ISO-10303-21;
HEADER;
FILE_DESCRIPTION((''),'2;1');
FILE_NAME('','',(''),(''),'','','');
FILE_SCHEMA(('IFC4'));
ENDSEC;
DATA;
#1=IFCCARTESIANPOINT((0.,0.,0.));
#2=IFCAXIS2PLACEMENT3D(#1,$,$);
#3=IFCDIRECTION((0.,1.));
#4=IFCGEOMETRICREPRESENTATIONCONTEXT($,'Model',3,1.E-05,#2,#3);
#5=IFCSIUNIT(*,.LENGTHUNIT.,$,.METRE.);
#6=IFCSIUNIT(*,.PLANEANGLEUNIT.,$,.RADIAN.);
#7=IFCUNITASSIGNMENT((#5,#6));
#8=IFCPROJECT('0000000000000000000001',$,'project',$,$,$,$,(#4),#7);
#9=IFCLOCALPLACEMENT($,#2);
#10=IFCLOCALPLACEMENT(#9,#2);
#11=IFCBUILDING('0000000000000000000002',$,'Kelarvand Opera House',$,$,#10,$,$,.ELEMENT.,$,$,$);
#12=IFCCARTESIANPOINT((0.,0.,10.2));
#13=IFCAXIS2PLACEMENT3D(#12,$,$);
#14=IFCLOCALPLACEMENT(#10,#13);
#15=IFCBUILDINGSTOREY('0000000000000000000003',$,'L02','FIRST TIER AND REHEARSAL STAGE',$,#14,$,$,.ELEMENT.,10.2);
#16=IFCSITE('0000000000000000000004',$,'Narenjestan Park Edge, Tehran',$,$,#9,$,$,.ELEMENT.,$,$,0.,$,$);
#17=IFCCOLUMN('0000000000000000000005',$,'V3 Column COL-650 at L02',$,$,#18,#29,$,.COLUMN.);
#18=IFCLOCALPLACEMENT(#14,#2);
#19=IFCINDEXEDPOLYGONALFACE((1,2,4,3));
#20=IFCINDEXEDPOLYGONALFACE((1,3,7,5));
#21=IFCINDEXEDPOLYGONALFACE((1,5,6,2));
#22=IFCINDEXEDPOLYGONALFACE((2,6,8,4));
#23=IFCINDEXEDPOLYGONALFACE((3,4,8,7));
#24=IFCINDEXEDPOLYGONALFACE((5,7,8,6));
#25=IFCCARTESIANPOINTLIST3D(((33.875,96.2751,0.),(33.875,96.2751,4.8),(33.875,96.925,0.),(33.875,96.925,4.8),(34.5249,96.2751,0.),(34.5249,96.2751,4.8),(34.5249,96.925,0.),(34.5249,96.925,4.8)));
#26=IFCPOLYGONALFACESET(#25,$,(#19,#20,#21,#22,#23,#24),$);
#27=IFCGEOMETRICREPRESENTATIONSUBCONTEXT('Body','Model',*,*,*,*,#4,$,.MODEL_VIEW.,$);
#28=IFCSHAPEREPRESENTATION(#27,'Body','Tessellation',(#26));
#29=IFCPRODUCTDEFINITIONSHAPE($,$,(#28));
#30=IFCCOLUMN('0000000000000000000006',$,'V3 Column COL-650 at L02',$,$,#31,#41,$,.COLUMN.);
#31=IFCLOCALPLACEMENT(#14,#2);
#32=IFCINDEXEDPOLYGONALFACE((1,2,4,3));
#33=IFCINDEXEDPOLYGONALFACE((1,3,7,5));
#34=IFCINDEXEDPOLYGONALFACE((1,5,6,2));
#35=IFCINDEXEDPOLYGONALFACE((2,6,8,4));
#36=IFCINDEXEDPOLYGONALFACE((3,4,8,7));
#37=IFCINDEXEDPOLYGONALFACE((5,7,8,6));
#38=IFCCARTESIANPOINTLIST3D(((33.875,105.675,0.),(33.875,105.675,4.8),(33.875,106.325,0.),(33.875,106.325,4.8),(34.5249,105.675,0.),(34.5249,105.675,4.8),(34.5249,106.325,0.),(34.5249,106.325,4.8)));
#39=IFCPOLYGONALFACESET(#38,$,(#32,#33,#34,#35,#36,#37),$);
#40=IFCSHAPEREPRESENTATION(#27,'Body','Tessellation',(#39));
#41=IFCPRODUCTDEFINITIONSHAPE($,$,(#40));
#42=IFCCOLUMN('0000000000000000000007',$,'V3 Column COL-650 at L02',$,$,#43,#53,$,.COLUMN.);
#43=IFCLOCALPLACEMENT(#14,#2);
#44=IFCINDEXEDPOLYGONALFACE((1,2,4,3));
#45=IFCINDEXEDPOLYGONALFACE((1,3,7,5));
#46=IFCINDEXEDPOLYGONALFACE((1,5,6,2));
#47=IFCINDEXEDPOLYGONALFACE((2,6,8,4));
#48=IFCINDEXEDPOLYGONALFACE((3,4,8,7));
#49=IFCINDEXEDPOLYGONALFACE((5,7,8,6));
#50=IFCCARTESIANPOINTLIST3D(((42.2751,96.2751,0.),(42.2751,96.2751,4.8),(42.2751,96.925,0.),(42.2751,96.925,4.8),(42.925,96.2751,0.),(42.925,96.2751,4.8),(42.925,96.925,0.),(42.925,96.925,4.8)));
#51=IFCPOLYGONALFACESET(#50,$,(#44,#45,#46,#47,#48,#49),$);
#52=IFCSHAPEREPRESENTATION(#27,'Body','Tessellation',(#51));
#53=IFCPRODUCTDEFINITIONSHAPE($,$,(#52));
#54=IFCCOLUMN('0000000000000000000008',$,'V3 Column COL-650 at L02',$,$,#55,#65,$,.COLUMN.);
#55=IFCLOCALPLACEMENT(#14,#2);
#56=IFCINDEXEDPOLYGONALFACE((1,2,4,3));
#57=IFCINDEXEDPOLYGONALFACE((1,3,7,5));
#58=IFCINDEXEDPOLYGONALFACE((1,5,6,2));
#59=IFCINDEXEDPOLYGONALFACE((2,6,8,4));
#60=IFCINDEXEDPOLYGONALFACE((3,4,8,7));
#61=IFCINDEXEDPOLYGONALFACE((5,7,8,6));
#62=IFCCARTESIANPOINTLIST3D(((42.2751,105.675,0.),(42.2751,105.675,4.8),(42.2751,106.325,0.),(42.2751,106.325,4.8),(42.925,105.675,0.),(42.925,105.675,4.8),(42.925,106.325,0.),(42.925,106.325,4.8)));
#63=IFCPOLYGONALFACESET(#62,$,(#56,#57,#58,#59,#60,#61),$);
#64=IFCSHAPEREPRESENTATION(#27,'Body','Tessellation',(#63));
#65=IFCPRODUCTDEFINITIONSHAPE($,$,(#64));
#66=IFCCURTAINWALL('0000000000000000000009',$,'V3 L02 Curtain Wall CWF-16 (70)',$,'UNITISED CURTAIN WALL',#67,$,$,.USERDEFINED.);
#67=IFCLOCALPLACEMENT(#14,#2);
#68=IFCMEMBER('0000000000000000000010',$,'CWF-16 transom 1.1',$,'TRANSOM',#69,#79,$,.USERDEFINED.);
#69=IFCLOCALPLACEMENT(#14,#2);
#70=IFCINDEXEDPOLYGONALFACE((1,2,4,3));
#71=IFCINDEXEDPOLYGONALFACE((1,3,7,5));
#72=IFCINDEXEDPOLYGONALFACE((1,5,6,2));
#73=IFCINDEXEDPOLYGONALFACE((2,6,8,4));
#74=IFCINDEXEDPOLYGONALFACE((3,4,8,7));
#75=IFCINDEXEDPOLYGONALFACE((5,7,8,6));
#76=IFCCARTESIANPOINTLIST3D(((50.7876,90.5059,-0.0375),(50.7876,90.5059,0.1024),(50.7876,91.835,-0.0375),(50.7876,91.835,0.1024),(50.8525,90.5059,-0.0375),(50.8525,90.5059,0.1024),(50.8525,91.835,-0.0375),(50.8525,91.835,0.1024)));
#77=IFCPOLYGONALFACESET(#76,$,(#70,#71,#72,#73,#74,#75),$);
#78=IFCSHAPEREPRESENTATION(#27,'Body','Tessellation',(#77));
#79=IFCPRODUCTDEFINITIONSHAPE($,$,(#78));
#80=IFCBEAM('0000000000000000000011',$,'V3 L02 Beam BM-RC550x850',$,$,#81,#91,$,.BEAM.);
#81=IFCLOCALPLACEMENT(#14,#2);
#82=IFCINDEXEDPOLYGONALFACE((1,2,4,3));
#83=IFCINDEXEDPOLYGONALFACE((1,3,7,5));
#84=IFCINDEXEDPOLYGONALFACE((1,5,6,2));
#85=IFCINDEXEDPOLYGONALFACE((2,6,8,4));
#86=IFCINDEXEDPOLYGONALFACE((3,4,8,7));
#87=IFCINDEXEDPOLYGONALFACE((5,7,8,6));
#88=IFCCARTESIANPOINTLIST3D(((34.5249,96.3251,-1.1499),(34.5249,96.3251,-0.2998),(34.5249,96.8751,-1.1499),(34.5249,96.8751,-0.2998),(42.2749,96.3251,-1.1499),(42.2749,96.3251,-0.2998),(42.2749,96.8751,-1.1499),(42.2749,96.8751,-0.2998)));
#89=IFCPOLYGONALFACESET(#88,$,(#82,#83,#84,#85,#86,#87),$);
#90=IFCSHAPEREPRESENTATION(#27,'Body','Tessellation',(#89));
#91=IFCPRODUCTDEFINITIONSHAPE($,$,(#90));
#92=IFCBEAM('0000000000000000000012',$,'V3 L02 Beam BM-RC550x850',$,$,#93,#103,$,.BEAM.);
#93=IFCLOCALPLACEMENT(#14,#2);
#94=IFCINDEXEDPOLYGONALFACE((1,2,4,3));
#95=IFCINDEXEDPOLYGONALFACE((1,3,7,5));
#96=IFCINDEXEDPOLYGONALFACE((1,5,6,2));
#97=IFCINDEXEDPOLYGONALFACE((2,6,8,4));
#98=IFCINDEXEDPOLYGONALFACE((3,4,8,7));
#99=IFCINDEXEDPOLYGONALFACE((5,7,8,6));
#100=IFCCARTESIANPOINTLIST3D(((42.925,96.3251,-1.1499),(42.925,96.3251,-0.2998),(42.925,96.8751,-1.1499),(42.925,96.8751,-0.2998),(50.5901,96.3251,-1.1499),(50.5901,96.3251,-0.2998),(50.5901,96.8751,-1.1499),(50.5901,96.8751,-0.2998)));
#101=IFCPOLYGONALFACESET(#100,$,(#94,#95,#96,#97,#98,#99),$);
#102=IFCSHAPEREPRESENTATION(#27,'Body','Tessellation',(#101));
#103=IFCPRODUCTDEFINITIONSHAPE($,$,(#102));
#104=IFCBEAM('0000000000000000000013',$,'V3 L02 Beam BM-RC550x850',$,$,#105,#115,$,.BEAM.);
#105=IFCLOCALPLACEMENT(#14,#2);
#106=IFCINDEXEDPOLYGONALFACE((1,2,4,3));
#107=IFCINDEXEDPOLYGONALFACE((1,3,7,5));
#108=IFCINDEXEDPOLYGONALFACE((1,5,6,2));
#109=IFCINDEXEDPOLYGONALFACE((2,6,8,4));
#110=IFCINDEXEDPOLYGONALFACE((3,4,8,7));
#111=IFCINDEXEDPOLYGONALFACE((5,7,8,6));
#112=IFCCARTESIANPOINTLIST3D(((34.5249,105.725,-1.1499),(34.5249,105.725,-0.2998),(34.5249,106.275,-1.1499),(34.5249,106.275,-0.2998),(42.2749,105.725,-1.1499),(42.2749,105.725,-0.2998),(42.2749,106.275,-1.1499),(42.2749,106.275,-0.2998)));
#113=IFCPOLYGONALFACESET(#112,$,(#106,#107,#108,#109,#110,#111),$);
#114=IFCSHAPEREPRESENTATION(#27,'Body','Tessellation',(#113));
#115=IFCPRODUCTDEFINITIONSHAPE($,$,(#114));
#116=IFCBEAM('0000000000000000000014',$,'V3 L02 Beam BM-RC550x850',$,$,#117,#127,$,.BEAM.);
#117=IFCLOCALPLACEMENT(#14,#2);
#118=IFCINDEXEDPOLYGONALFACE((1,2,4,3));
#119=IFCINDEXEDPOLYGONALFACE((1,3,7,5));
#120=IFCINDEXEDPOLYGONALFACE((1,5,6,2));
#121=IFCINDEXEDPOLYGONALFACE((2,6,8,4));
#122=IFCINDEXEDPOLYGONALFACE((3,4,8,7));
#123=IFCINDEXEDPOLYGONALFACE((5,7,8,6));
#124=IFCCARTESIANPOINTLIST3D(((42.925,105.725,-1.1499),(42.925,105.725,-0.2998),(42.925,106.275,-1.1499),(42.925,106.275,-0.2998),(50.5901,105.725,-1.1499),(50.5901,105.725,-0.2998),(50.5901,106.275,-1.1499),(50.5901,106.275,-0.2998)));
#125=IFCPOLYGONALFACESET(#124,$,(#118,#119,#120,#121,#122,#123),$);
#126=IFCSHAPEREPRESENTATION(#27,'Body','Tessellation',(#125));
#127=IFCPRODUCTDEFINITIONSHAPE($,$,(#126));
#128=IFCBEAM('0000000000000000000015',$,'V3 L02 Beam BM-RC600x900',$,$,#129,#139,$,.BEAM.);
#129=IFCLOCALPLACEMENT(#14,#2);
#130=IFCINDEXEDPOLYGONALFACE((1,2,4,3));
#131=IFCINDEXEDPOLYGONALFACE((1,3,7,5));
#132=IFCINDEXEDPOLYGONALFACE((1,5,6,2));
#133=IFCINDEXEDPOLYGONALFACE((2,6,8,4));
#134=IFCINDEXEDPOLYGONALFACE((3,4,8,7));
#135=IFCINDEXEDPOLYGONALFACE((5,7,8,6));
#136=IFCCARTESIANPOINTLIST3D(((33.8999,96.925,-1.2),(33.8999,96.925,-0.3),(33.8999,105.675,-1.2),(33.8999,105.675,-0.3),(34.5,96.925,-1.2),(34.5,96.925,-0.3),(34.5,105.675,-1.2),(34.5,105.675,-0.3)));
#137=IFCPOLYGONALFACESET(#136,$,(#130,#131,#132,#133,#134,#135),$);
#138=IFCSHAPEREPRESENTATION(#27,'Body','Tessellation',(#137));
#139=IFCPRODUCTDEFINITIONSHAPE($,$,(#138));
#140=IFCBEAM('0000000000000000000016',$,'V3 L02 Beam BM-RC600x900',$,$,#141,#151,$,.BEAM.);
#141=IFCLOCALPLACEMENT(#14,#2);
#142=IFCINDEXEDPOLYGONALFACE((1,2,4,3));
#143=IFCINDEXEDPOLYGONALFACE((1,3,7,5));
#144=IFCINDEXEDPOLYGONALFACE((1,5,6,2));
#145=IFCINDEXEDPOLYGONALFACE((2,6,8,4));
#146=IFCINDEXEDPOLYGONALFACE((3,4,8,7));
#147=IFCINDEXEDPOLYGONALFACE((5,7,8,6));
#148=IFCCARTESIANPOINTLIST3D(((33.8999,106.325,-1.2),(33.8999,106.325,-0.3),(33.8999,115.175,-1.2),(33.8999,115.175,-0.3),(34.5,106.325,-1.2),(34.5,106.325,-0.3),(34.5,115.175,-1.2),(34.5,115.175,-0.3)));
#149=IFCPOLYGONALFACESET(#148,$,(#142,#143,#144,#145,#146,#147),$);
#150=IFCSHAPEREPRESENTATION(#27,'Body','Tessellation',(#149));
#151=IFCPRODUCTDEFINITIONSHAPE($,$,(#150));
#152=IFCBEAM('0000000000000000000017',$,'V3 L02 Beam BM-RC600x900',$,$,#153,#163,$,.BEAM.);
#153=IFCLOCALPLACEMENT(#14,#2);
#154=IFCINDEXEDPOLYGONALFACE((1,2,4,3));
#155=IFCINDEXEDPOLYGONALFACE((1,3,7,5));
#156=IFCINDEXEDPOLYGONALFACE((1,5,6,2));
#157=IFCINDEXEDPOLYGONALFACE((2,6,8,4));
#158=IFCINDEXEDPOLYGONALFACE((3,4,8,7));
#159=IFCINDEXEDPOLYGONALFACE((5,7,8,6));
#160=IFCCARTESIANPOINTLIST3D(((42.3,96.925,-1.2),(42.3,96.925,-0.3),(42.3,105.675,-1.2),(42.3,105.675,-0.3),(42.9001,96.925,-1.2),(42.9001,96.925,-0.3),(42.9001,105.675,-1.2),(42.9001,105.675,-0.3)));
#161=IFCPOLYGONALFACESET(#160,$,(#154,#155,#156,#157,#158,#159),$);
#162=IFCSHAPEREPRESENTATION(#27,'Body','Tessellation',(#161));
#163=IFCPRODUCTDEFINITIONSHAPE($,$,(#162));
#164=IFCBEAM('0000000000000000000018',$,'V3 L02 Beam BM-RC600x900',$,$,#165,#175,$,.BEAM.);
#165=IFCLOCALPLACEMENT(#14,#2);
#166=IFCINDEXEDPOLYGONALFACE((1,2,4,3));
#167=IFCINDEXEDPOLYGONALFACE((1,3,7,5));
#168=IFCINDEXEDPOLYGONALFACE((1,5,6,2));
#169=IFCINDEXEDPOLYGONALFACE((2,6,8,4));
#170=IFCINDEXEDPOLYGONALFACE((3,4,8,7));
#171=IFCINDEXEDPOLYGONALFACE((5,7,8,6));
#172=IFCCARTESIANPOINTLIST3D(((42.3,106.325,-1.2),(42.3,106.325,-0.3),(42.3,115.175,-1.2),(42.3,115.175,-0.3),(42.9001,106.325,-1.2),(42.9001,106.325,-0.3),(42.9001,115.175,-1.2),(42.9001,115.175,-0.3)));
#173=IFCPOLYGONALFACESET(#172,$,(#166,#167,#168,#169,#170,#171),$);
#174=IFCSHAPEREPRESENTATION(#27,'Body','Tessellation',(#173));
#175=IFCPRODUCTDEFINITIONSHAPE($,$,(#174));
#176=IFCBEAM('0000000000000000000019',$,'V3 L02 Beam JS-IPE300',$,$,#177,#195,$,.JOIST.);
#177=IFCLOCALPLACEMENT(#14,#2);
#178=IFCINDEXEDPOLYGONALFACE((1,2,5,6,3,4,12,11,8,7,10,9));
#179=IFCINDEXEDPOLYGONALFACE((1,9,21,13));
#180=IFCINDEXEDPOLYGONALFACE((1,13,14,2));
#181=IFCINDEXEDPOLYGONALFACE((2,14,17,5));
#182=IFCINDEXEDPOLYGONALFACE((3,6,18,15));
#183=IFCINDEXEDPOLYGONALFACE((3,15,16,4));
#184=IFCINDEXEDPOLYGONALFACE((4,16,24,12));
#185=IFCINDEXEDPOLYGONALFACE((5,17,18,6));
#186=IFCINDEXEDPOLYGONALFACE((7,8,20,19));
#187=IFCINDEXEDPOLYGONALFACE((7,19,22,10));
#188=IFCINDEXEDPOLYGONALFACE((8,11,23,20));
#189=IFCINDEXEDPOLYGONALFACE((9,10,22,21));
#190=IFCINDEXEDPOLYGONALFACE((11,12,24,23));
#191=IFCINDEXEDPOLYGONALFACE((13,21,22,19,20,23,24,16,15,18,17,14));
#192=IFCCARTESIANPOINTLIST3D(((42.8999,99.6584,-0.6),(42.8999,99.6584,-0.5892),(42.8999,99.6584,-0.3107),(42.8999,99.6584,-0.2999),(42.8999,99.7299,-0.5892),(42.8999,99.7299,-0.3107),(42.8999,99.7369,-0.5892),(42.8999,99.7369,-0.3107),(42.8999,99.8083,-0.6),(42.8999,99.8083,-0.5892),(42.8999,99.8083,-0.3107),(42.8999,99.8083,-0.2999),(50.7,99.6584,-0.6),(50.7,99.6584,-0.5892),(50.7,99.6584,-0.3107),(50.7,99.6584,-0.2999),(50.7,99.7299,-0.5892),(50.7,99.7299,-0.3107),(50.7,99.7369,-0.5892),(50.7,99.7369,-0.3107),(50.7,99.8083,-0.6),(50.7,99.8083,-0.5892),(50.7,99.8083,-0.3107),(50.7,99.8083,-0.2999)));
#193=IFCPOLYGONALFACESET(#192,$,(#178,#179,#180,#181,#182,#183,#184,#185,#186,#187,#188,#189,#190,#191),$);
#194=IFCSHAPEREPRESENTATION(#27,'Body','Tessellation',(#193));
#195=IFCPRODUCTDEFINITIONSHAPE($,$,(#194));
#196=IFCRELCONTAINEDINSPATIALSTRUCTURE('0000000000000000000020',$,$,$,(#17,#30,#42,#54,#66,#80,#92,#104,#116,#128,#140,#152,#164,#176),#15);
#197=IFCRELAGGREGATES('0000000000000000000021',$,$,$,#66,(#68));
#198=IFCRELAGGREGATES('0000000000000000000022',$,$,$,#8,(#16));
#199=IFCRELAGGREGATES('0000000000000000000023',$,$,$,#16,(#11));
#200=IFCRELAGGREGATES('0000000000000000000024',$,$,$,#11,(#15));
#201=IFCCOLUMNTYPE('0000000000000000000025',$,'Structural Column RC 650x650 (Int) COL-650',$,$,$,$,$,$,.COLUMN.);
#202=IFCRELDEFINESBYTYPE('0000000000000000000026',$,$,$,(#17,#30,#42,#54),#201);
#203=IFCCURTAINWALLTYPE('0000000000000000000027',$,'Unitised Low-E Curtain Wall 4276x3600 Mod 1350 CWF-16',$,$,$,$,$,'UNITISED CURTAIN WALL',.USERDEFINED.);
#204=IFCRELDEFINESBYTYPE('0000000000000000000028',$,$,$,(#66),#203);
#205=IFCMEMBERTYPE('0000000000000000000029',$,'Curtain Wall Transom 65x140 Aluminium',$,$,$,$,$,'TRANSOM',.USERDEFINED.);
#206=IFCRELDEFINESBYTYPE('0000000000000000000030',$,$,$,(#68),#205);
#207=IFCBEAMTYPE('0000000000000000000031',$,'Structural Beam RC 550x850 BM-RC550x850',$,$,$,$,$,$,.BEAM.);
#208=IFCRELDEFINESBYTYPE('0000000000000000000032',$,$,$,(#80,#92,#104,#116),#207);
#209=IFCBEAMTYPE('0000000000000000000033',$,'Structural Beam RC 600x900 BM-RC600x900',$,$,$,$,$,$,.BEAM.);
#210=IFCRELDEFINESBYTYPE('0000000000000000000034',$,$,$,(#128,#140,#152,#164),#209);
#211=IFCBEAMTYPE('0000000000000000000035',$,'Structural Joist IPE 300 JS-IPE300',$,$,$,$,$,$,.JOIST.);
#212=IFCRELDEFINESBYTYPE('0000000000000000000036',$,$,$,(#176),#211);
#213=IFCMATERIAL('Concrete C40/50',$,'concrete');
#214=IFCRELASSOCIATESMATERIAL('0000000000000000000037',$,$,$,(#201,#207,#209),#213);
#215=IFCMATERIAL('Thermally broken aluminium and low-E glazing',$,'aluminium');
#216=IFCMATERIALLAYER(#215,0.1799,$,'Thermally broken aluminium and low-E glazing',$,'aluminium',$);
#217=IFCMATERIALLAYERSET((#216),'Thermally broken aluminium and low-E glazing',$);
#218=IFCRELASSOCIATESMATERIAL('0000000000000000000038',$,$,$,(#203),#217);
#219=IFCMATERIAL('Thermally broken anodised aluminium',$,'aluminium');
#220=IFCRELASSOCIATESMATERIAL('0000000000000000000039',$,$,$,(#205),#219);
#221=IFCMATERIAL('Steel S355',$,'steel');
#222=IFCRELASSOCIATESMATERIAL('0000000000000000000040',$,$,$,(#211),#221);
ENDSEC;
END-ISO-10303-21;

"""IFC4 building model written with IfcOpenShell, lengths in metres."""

from ifc_helpers import new_model, si_unit, direction, frame, origin, origin_2d, place, context, subcontext, project, spatial, rectangle, i_section, extrude, material, layer, layer_set, material_profile, profile_set, type_object, element, aggregate, save


model = new_model("IFC4")

# Units and contexts
model_context = context("Model", 3, precision=1e-05, world=origin(), true_north=direction((0.0, 1.0)))
body_context = subcontext(model_context, "Body", "Model", "MODEL_VIEW")
ifc_project = project(units=[si_unit("LENGTHUNIT", "METRE"), si_unit("PLANEANGLEUNIT", "RADIAN")], contexts=[model_context])

# Site, building, storey
site_placement = place(None, origin())
site = spatial("IfcSite", under=ifc_project, at=site_placement, Name="Narenjestan Park Edge, Tehran", CompositionType="ELEMENT", RefElevation=0.0)
building_placement = place(site_placement, origin())
building = spatial("IfcBuilding", under=site, at=building_placement, Name="Kelarvand Opera House", CompositionType="ELEMENT")
storey_placement = place(building_placement, frame((0.0, 0.0, 10.2)))
storey = spatial("IfcBuildingStorey", under=building, at=storey_placement, Name="L02", Description="FIRST TIER AND REHEARSAL STAGE", CompositionType="ELEMENT", Elevation=10.2)

# Columns
ifc_material_1 = material(Name="Concrete C40/50", Category="concrete")
ifc_material_profile_1 = material_profile(ifc_material_1, rectangle(XDim=0.6499, YDim=0.6499, at=origin_2d()), Name="RC 650x650", Category="concrete")
ifc_profile_set_1 = profile_set([ifc_material_profile_1], Name="Concrete C40/50")
column_type = type_object("IfcColumnType", Name="Structural Column RC 650x650 (Int) COL-650", PredefinedType="COLUMN", material=ifc_profile_set_1)
for number, where, z_axis, x_axis, name in (
    (1, (34.2, 96.6001, 0.0), (0.0, 0.0, 1.0), (1.0, 0.0, 0.0), "V3 Column COL-650 at L02"),
    (2, (34.2, 106.0, 0.0), (0.0, 0.0, 1.0), (1.0, 0.0, 0.0), "V3 Column COL-650 at L02"),
    (3, (42.6001, 96.6001, 0.0), (0.0, 0.0, 1.0), (1.0, 0.0, 0.0), "V3 Column COL-650 at L02"),
    (4, (42.6001, 106.0, 0.0), (0.0, 0.0, 1.0), (1.0, 0.0, 0.0), "V3 Column COL-650 at L02"),
):
    element("IfcColumn", number, at=place(storey_placement, frame(where, z_axis=z_axis, x_axis=x_axis)), inside=storey, type_object=column_type, Name=name, PredefinedType="COLUMN", context=body_context, shape_type="SweptSolid", body=[
        extrude(rectangle(XDim=0.6499, YDim=0.6499, at=origin_2d()), origin(), (0.0, 0.0, 1.0), 4.8),
    ])

# Curtain wall, member
ifc_material_2 = material(Name="Thermally broken aluminium and low-E glazing", Category="aluminium")
ifc_layer_1 = layer(ifc_material_2, 0.1799, Name="Thermally broken aluminium and low-E glazing", Category="aluminium")
ifc_layer_set_1 = layer_set([ifc_layer_1], Name="Thermally broken aluminium and low-E glazing")
curtain_wall_type = type_object("IfcCurtainWallType", Name="Unitised Low-E Curtain Wall 4276x3600 Mod 1350 CWF-16", ElementType="UNITISED CURTAIN WALL", PredefinedType="USERDEFINED", material=ifc_layer_set_1)
curtain_wall_placement = place(storey_placement, origin())
curtain_wall = element("IfcCurtainWall", 5, at=curtain_wall_placement, inside=storey, type_object=curtain_wall_type, Name="V3 L02 Curtain Wall CWF-16 (70)", ObjectType="UNITISED CURTAIN WALL", PredefinedType="USERDEFINED")
ifc_material_3 = material(Name="Thermally broken anodised aluminium", Category="aluminium")
ifc_material_profile_2 = material_profile(ifc_material_3, rectangle(XDim=0.0649, YDim=0.1399, at=origin_2d()), Name="ALU TRANSOM 65x140", Category="aluminium")
ifc_profile_set_2 = profile_set([ifc_material_profile_2], Name="Thermally broken anodised aluminium")
member_type = type_object("IfcMemberType", Name="Curtain Wall Transom 65x140 Aluminium", ElementType="TRANSOM", PredefinedType="USERDEFINED", material=ifc_profile_set_2)
member_placement = place(storey_placement, frame((50.8201, 91.835, 0.0325), z_axis=(0.0, -1.0, 0.0), x_axis=(1.0, 0.0, 0.0)))
member = element("IfcMember", 6, at=member_placement, type_object=member_type, Name="CWF-16 transom 1.1", ObjectType="TRANSOM", PredefinedType="USERDEFINED", context=body_context, shape_type="SweptSolid", body=[
    extrude(rectangle(XDim=0.0649, YDim=0.1399, at=origin_2d()), origin(), (0.0, 0.0, 1.0), 1.3291),
])
aggregate(curtain_wall, [member])

# Beams
ifc_material_profile_3 = material_profile(ifc_material_1, rectangle(XDim=0.55, YDim=0.8501, at=origin_2d()), Name="RC 550x850", Category="concrete")
ifc_profile_set_3 = profile_set([ifc_material_profile_3], Name="Concrete C40/50")
beam_type_1 = type_object("IfcBeamType", Name="Structural Beam RC 550x850 BM-RC550x850", PredefinedType="BEAM", material=ifc_profile_set_3)
beam_1_placement = place(storey_placement, frame((34.5249, 96.6001, -0.7249), z_axis=(1.0, 0.0, 0.0), x_axis=(0.0, 1.0, 0.0)))
element("IfcBeam", 7, at=beam_1_placement, inside=storey, type_object=beam_type_1, Name="V3 L02 Beam BM-RC550x850", PredefinedType="BEAM", context=body_context, shape_type="SweptSolid", body=[
    extrude(rectangle(XDim=0.55, YDim=0.8501, at=origin_2d()), origin(), (0.0, 0.0, 1.0), 7.75),
])
beam_2_placement = place(storey_placement, frame((42.925, 96.6001, -0.7249), z_axis=(1.0, 0.0, 0.0), x_axis=(0.0, 1.0, 0.0)))
element("IfcBeam", 8, at=beam_2_placement, inside=storey, type_object=beam_type_1, Name="V3 L02 Beam BM-RC550x850", PredefinedType="BEAM", context=body_context, shape_type="SweptSolid", body=[
    extrude(rectangle(XDim=0.55, YDim=0.8501, at=origin_2d()), origin(), (0.0, 0.0, 1.0), 7.665),
])
beam_3_placement = place(storey_placement, frame((34.5249, 106.0, -0.7249), z_axis=(1.0, 0.0, 0.0), x_axis=(0.0, 1.0, 0.0)))
element("IfcBeam", 9, at=beam_3_placement, inside=storey, type_object=beam_type_1, Name="V3 L02 Beam BM-RC550x850", PredefinedType="BEAM", context=body_context, shape_type="SweptSolid", body=[
    extrude(rectangle(XDim=0.55, YDim=0.8501, at=origin_2d()), origin(), (0.0, 0.0, 1.0), 7.75),
])
beam_4_placement = place(storey_placement, frame((42.925, 106.0, -0.7249), z_axis=(1.0, 0.0, 0.0), x_axis=(0.0, 1.0, 0.0)))
element("IfcBeam", 10, at=beam_4_placement, inside=storey, type_object=beam_type_1, Name="V3 L02 Beam BM-RC550x850", PredefinedType="BEAM", context=body_context, shape_type="SweptSolid", body=[
    extrude(rectangle(XDim=0.55, YDim=0.8501, at=origin_2d()), origin(), (0.0, 0.0, 1.0), 7.665),
])
ifc_material_profile_4 = material_profile(ifc_material_1, rectangle(XDim=0.6001, YDim=0.8999, at=origin_2d()), Name="RC 600x900", Category="concrete")
ifc_profile_set_4 = profile_set([ifc_material_profile_4], Name="Concrete C40/50")
beam_type_2 = type_object("IfcBeamType", Name="Structural Beam RC 600x900 BM-RC600x900", PredefinedType="BEAM", material=ifc_profile_set_4)
beam_5_placement = place(storey_placement, frame((34.2, 96.925, -0.75), z_axis=(0.0, 1.0, 0.0), x_axis=(-1.0, 0.0, 0.0)))
element("IfcBeam", 11, at=beam_5_placement, inside=storey, type_object=beam_type_2, Name="V3 L02 Beam BM-RC600x900", PredefinedType="BEAM", context=body_context, shape_type="SweptSolid", body=[
    extrude(rectangle(XDim=0.6001, YDim=0.8999, at=origin_2d()), origin(), (0.0, 0.0, 1.0), 8.75),
])
beam_6_placement = place(storey_placement, frame((34.2, 106.325, -0.75), z_axis=(0.0, 1.0, 0.0), x_axis=(-1.0, 0.0, 0.0)))
element("IfcBeam", 12, at=beam_6_placement, inside=storey, type_object=beam_type_2, Name="V3 L02 Beam BM-RC600x900", PredefinedType="BEAM", context=body_context, shape_type="SweptSolid", body=[
    extrude(rectangle(XDim=0.6001, YDim=0.8999, at=origin_2d()), origin(), (0.0, 0.0, 1.0), 8.8501),
])
beam_7_placement = place(storey_placement, frame((42.6001, 96.925, -0.75), z_axis=(0.0, 1.0, 0.0), x_axis=(-1.0, 0.0, 0.0)))
element("IfcBeam", 13, at=beam_7_placement, inside=storey, type_object=beam_type_2, Name="V3 L02 Beam BM-RC600x900", PredefinedType="BEAM", context=body_context, shape_type="SweptSolid", body=[
    extrude(rectangle(XDim=0.6001, YDim=0.8999, at=origin_2d()), origin(), (0.0, 0.0, 1.0), 8.75),
])
beam_8_placement = place(storey_placement, frame((42.6001, 106.325, -0.75), z_axis=(0.0, 1.0, 0.0), x_axis=(-1.0, 0.0, 0.0)))
element("IfcBeam", 14, at=beam_8_placement, inside=storey, type_object=beam_type_2, Name="V3 L02 Beam BM-RC600x900", PredefinedType="BEAM", context=body_context, shape_type="SweptSolid", body=[
    extrude(rectangle(XDim=0.6001, YDim=0.8999, at=origin_2d()), origin(), (0.0, 0.0, 1.0), 8.8501),
])
ifc_material_4 = material(Name="Steel S355", Category="steel")
ifc_material_profile_5 = material_profile(ifc_material_4, i_section(OverallWidth=0.1499, OverallDepth=0.3, WebThickness=0.0071, FlangeThickness=0.0107, at=origin_2d()), Name="IPE 300", Category="steel")
ifc_profile_set_5 = profile_set([ifc_material_profile_5], Name="Steel S355")
beam_type_3 = type_object("IfcBeamType", Name="Structural Joist IPE 300 JS-IPE300", PredefinedType="JOIST", material=ifc_profile_set_5)
for number, where, z_axis, x_axis, name in (
    (15, (42.8999, 99.7334, -0.45), (1.0, 0.0, 0.0), (0.0, 1.0, 0.0), "V3 L02 Beam JS-IPE300"),
):
    element("IfcBeam", number, at=place(storey_placement, frame(where, z_axis=z_axis, x_axis=x_axis)), inside=storey, type_object=beam_type_3, Name=name, PredefinedType="JOIST", context=body_context, shape_type="SweptSolid", body=[
        extrude(i_section(OverallWidth=0.1499, OverallDepth=0.3, WebThickness=0.0071, FlangeThickness=0.0107, at=origin_2d()), origin(), (0.0, 0.0, 1.0), 7.8),
    ])

save(model, "model.ifc")
